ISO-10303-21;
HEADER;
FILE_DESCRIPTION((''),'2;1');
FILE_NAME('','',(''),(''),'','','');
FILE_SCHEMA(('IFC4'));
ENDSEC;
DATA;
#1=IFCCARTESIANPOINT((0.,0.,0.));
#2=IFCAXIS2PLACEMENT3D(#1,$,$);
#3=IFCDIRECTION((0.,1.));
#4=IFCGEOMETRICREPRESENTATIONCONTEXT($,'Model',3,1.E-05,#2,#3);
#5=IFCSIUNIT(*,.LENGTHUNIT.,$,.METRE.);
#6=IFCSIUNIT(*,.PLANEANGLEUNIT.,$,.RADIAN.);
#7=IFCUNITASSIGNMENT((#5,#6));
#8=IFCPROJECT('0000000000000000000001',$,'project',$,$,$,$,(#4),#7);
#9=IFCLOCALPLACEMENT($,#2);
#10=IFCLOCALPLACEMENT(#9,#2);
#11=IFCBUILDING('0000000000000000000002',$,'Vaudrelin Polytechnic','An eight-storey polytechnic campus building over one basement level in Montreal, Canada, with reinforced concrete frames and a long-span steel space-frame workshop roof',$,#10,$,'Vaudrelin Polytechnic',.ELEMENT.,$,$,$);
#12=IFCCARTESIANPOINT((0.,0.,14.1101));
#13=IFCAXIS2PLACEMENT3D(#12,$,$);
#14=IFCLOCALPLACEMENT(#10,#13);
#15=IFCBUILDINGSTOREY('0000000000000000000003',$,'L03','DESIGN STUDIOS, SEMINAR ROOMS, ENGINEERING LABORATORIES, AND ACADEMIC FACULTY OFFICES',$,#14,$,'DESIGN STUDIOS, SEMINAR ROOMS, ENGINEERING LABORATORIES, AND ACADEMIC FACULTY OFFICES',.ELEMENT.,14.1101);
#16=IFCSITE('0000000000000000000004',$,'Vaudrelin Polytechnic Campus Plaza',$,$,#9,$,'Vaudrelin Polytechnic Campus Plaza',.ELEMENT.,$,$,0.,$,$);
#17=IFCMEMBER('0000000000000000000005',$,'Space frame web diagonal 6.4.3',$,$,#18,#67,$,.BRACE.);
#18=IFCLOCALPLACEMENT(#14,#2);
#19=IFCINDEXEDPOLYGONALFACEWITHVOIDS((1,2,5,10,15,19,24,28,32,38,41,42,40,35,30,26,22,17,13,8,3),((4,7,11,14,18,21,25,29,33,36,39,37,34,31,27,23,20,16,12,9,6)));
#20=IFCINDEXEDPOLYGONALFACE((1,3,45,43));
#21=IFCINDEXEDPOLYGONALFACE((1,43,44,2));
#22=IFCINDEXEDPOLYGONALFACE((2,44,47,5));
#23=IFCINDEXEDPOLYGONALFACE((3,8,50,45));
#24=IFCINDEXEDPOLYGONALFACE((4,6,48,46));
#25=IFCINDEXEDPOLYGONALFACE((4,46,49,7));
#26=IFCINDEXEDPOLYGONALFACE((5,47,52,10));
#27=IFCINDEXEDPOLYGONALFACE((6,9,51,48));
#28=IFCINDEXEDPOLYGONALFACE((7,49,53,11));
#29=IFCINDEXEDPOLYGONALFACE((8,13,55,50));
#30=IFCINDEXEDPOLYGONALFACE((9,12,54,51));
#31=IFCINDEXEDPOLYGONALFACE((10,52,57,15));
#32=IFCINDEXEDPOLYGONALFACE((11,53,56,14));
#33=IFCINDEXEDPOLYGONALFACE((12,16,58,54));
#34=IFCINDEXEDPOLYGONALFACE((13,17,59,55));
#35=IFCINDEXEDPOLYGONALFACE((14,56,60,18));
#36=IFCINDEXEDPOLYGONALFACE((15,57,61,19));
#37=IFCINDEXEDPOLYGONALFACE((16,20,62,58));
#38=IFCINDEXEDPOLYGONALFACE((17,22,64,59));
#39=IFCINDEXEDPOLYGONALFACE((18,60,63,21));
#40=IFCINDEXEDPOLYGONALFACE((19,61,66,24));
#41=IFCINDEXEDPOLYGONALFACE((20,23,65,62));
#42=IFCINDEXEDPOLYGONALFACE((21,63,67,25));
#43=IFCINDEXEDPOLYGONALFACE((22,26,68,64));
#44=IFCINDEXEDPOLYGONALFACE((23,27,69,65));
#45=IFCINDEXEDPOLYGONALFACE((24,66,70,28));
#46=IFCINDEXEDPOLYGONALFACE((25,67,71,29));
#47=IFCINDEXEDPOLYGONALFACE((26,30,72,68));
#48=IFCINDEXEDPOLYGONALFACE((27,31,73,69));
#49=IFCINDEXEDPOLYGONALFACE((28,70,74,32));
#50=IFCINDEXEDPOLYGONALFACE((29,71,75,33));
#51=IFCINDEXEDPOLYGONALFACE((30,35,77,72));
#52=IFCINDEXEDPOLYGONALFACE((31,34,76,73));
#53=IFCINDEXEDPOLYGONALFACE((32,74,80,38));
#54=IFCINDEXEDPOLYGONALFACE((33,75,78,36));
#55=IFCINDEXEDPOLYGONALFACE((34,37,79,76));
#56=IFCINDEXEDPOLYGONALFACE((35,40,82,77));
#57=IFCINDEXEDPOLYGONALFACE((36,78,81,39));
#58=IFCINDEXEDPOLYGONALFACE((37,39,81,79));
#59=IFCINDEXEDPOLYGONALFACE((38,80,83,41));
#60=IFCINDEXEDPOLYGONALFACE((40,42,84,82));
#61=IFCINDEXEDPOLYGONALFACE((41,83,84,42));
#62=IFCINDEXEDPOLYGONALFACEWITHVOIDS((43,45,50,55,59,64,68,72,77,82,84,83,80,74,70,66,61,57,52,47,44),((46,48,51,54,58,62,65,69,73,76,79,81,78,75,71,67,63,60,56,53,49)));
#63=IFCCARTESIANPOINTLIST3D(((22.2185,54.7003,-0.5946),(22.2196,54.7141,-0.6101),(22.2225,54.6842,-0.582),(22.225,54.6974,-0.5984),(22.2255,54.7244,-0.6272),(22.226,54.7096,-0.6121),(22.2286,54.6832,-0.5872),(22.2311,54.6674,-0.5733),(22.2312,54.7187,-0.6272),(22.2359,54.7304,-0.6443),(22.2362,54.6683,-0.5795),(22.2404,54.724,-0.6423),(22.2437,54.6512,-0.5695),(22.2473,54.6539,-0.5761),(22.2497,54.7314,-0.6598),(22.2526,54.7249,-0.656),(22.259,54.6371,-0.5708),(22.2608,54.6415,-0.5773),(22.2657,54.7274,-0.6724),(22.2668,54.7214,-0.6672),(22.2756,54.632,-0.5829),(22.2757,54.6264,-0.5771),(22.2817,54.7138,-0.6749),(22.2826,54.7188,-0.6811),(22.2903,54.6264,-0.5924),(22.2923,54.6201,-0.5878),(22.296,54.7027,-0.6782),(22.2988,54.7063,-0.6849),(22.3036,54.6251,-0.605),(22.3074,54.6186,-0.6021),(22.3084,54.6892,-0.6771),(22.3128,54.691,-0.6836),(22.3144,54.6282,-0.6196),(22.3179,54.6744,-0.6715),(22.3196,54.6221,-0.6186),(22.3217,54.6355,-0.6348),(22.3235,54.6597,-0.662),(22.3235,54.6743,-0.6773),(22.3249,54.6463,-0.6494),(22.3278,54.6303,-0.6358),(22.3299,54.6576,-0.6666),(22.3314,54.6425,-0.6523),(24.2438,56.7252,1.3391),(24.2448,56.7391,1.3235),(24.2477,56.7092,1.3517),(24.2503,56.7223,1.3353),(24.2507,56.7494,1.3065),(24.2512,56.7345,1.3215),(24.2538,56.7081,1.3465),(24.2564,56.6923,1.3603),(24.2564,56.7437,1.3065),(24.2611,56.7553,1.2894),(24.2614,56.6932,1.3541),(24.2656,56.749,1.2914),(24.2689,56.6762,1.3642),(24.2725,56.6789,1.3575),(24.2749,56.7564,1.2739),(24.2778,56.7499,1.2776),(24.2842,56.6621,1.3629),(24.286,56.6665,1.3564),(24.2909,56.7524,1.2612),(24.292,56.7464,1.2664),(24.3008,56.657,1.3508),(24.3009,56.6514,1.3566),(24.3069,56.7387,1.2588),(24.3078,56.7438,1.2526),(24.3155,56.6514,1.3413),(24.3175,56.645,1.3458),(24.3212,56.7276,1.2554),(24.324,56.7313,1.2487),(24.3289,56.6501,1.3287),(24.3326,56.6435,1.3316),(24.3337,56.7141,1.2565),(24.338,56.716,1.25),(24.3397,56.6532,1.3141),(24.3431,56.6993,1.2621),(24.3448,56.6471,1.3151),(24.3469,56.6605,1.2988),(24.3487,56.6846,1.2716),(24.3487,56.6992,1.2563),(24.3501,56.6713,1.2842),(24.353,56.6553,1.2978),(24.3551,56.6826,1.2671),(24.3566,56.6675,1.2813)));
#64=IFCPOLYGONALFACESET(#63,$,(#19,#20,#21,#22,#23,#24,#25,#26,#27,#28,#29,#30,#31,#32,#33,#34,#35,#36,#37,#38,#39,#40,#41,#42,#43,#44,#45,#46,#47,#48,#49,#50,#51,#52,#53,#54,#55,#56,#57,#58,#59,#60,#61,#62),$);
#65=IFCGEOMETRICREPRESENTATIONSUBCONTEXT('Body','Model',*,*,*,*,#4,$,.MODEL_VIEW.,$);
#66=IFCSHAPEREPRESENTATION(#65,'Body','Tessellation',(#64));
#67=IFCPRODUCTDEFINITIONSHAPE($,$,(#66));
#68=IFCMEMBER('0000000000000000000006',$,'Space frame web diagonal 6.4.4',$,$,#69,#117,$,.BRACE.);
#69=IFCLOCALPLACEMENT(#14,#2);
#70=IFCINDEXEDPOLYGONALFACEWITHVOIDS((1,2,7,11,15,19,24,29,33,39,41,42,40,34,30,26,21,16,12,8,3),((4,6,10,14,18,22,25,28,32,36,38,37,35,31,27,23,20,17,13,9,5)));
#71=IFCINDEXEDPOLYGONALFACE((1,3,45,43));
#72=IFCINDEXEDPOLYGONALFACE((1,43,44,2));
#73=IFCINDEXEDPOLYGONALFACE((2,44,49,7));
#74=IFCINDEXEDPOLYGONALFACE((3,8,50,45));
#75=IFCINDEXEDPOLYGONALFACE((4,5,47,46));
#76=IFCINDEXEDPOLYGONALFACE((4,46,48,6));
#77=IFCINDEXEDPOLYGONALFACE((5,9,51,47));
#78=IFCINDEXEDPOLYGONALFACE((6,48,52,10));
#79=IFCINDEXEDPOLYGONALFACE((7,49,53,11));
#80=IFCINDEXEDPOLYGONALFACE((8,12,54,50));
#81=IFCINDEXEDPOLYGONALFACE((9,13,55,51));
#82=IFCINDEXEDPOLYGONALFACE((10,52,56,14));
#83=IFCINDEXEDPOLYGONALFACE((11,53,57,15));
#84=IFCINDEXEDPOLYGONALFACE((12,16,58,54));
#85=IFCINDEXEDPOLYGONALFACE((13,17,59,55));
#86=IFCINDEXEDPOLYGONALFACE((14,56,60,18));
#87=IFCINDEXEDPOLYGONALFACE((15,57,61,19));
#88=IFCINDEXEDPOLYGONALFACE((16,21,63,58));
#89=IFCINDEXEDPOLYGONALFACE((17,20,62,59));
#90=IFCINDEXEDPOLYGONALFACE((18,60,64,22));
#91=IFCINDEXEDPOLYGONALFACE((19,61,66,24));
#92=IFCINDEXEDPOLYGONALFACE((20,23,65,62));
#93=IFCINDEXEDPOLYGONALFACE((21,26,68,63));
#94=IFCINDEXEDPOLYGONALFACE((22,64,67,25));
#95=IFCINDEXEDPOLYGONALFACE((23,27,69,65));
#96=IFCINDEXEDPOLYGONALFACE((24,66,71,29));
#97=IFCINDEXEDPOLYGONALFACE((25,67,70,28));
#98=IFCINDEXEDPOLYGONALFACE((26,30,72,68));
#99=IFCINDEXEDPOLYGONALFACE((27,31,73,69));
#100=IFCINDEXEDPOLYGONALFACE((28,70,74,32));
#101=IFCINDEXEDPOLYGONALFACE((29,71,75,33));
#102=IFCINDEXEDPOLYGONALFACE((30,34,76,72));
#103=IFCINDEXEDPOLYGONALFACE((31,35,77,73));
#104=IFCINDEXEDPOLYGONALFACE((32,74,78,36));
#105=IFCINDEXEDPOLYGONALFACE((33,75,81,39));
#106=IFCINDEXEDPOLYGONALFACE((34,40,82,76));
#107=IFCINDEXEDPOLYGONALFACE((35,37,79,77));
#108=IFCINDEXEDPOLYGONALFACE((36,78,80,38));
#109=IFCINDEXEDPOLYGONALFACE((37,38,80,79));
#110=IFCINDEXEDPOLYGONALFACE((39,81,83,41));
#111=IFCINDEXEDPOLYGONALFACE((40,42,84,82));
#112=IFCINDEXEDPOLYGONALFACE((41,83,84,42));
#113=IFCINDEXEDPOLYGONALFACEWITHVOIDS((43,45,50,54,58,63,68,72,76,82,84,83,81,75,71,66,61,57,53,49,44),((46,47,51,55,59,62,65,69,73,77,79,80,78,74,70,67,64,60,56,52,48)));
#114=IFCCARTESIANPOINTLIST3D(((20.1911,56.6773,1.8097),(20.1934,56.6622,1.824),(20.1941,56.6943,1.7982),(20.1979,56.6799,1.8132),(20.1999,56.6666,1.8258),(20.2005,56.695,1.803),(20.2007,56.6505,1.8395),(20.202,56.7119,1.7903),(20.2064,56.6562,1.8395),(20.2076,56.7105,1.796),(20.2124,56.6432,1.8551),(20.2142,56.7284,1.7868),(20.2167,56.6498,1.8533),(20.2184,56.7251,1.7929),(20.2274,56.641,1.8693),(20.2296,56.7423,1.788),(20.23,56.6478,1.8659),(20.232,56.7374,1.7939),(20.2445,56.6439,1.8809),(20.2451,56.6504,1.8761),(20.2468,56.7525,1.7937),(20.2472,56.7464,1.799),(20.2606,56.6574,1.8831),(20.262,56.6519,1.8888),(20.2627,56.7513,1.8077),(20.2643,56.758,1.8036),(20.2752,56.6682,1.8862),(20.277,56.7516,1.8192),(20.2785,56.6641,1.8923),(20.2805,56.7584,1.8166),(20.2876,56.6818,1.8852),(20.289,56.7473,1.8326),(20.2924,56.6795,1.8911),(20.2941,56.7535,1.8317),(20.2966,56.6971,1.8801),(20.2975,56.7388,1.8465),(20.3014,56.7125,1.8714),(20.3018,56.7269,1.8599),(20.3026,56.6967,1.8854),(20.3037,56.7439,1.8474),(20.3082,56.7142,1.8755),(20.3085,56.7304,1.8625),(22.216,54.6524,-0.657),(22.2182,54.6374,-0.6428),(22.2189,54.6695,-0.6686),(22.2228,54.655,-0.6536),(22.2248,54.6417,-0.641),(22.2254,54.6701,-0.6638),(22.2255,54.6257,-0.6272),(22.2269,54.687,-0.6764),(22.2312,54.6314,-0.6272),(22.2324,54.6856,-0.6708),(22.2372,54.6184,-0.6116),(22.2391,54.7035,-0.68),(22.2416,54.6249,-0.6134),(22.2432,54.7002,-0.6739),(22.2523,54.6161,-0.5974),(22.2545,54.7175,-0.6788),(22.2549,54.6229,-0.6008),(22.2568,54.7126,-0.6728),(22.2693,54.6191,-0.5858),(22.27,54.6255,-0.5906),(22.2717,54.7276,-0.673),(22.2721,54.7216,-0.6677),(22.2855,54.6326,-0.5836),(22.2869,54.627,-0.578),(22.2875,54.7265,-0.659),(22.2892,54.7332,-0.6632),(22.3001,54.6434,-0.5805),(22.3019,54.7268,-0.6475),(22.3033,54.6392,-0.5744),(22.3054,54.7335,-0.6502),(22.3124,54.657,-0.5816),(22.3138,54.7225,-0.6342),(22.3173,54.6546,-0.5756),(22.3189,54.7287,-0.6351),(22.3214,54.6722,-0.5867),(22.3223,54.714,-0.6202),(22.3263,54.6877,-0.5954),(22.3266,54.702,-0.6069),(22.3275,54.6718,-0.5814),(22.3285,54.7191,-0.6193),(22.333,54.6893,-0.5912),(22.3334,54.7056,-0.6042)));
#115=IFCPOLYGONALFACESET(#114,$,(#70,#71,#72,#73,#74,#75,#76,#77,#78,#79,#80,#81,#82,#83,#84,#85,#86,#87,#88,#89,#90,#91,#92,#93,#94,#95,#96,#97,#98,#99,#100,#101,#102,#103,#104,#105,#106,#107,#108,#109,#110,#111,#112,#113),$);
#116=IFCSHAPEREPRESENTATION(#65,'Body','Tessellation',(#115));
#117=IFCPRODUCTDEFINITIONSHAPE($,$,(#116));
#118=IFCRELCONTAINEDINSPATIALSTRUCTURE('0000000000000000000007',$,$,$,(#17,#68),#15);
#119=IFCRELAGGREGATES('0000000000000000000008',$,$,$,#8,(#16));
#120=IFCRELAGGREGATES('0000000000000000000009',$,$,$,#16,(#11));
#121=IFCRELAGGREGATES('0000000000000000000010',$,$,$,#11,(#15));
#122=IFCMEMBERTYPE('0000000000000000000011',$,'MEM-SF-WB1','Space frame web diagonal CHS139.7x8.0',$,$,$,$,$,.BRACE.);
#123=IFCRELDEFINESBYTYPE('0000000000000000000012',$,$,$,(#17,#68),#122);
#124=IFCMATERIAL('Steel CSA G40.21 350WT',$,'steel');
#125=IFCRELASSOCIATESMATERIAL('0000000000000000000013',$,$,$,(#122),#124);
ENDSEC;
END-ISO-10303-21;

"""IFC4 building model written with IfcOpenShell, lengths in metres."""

from ifc_helpers import new_model, si_unit, direction, frame, origin, origin_2d, place, context, subcontext, project, spatial, hollow_circle, extrude, material, material_profile, profile_set, type_object, element, save


model = new_model("IFC4")

# Units and contexts
model_context = context("Model", 3, precision=1e-05, world=origin(), true_north=direction((0.0, 1.0)))
body_context = subcontext(model_context, "Body", "Model", "MODEL_VIEW")
ifc_project = project(units=[si_unit("LENGTHUNIT", "METRE"), si_unit("PLANEANGLEUNIT", "RADIAN")], contexts=[model_context])

# Site, building, storey
site_placement = place(None, origin())
site = spatial("IfcSite", under=ifc_project, at=site_placement, Name="Vaudrelin Polytechnic Campus Plaza", LongName="Vaudrelin Polytechnic Campus Plaza", CompositionType="ELEMENT", RefElevation=0.0)
building_placement = place(site_placement, origin())
building = spatial("IfcBuilding", under=site, at=building_placement, Name="Vaudrelin Polytechnic", Description="An eight-storey polytechnic campus building over one basement level in Montreal, Canada, with reinforced concrete frames and a long-span steel space-frame workshop roof", LongName="Vaudrelin Polytechnic", CompositionType="ELEMENT")
storey_placement = place(building_placement, frame((0.0, 0.0, 14.1101)))
storey = spatial("IfcBuildingStorey", under=building, at=storey_placement, Name="L03", Description="DESIGN STUDIOS, SEMINAR ROOMS, ENGINEERING LABORATORIES, AND ACADEMIC FACULTY OFFICES", LongName="DESIGN STUDIOS, SEMINAR ROOMS, ENGINEERING LABORATORIES, AND ACADEMIC FACULTY OFFICES", CompositionType="ELEMENT", Elevation=14.1101)

# Members
ifc_material = material(Name="Steel CSA G40.21 350WT", Category="steel")
ifc_material_profile_1 = material_profile(ifc_material, hollow_circle(Radius=0.0698, WallThickness=0.0081, at=origin_2d()), Name="CHS139.7x8.0")
ifc_profile_set_1 = profile_set([ifc_material_profile_1], Name="Steel CSA G40.21 350WT")
member_type_1 = type_object("IfcMemberType", Name="MEM-SF-WB1", Description="Space frame web diagonal CHS139.7x8.0", PredefinedType="BRACE", material=ifc_profile_set_1)
for number, where, z_axis, x_axis, name in (
    (1, (22.2749, 54.675, -0.6272), (0.586071, 0.586, 0.559576), (-0.707064, 0.707149, 0.0), "Space frame web diagonal 6.4.3"),
):
    element("IfcMember", number, at=place(storey_placement, frame(where, z_axis=z_axis, x_axis=x_axis)), inside=storey, type_object=member_type_1, Name=name, PredefinedType="BRACE", context=body_context, shape_type="SweptSolid", body=[
        extrude(hollow_circle(Radius=0.0698, WallThickness=0.0081, at=origin_2d()), origin(), (0.0, 0.0, 1.0), 3.4556),
    ])
member_1_placement = place(storey_placement, frame((22.2749, 54.675, -0.6272), z_axis=(-0.535742, 0.535742, 0.652657), x_axis=(-0.707107, -0.707107, 0.0)))
element("IfcMember", 2, at=member_1_placement, inside=storey, type_object=member_type_1, Name="Space frame web diagonal 6.4.4", PredefinedType="BRACE", context=body_context, shape_type="SweptSolid", body=[
    extrude(hollow_circle(Radius=0.0698, WallThickness=0.0081, at=origin_2d()), origin(), (0.0, 0.0, 1.0), 3.7795),
])

save(model, "model.ifc")
